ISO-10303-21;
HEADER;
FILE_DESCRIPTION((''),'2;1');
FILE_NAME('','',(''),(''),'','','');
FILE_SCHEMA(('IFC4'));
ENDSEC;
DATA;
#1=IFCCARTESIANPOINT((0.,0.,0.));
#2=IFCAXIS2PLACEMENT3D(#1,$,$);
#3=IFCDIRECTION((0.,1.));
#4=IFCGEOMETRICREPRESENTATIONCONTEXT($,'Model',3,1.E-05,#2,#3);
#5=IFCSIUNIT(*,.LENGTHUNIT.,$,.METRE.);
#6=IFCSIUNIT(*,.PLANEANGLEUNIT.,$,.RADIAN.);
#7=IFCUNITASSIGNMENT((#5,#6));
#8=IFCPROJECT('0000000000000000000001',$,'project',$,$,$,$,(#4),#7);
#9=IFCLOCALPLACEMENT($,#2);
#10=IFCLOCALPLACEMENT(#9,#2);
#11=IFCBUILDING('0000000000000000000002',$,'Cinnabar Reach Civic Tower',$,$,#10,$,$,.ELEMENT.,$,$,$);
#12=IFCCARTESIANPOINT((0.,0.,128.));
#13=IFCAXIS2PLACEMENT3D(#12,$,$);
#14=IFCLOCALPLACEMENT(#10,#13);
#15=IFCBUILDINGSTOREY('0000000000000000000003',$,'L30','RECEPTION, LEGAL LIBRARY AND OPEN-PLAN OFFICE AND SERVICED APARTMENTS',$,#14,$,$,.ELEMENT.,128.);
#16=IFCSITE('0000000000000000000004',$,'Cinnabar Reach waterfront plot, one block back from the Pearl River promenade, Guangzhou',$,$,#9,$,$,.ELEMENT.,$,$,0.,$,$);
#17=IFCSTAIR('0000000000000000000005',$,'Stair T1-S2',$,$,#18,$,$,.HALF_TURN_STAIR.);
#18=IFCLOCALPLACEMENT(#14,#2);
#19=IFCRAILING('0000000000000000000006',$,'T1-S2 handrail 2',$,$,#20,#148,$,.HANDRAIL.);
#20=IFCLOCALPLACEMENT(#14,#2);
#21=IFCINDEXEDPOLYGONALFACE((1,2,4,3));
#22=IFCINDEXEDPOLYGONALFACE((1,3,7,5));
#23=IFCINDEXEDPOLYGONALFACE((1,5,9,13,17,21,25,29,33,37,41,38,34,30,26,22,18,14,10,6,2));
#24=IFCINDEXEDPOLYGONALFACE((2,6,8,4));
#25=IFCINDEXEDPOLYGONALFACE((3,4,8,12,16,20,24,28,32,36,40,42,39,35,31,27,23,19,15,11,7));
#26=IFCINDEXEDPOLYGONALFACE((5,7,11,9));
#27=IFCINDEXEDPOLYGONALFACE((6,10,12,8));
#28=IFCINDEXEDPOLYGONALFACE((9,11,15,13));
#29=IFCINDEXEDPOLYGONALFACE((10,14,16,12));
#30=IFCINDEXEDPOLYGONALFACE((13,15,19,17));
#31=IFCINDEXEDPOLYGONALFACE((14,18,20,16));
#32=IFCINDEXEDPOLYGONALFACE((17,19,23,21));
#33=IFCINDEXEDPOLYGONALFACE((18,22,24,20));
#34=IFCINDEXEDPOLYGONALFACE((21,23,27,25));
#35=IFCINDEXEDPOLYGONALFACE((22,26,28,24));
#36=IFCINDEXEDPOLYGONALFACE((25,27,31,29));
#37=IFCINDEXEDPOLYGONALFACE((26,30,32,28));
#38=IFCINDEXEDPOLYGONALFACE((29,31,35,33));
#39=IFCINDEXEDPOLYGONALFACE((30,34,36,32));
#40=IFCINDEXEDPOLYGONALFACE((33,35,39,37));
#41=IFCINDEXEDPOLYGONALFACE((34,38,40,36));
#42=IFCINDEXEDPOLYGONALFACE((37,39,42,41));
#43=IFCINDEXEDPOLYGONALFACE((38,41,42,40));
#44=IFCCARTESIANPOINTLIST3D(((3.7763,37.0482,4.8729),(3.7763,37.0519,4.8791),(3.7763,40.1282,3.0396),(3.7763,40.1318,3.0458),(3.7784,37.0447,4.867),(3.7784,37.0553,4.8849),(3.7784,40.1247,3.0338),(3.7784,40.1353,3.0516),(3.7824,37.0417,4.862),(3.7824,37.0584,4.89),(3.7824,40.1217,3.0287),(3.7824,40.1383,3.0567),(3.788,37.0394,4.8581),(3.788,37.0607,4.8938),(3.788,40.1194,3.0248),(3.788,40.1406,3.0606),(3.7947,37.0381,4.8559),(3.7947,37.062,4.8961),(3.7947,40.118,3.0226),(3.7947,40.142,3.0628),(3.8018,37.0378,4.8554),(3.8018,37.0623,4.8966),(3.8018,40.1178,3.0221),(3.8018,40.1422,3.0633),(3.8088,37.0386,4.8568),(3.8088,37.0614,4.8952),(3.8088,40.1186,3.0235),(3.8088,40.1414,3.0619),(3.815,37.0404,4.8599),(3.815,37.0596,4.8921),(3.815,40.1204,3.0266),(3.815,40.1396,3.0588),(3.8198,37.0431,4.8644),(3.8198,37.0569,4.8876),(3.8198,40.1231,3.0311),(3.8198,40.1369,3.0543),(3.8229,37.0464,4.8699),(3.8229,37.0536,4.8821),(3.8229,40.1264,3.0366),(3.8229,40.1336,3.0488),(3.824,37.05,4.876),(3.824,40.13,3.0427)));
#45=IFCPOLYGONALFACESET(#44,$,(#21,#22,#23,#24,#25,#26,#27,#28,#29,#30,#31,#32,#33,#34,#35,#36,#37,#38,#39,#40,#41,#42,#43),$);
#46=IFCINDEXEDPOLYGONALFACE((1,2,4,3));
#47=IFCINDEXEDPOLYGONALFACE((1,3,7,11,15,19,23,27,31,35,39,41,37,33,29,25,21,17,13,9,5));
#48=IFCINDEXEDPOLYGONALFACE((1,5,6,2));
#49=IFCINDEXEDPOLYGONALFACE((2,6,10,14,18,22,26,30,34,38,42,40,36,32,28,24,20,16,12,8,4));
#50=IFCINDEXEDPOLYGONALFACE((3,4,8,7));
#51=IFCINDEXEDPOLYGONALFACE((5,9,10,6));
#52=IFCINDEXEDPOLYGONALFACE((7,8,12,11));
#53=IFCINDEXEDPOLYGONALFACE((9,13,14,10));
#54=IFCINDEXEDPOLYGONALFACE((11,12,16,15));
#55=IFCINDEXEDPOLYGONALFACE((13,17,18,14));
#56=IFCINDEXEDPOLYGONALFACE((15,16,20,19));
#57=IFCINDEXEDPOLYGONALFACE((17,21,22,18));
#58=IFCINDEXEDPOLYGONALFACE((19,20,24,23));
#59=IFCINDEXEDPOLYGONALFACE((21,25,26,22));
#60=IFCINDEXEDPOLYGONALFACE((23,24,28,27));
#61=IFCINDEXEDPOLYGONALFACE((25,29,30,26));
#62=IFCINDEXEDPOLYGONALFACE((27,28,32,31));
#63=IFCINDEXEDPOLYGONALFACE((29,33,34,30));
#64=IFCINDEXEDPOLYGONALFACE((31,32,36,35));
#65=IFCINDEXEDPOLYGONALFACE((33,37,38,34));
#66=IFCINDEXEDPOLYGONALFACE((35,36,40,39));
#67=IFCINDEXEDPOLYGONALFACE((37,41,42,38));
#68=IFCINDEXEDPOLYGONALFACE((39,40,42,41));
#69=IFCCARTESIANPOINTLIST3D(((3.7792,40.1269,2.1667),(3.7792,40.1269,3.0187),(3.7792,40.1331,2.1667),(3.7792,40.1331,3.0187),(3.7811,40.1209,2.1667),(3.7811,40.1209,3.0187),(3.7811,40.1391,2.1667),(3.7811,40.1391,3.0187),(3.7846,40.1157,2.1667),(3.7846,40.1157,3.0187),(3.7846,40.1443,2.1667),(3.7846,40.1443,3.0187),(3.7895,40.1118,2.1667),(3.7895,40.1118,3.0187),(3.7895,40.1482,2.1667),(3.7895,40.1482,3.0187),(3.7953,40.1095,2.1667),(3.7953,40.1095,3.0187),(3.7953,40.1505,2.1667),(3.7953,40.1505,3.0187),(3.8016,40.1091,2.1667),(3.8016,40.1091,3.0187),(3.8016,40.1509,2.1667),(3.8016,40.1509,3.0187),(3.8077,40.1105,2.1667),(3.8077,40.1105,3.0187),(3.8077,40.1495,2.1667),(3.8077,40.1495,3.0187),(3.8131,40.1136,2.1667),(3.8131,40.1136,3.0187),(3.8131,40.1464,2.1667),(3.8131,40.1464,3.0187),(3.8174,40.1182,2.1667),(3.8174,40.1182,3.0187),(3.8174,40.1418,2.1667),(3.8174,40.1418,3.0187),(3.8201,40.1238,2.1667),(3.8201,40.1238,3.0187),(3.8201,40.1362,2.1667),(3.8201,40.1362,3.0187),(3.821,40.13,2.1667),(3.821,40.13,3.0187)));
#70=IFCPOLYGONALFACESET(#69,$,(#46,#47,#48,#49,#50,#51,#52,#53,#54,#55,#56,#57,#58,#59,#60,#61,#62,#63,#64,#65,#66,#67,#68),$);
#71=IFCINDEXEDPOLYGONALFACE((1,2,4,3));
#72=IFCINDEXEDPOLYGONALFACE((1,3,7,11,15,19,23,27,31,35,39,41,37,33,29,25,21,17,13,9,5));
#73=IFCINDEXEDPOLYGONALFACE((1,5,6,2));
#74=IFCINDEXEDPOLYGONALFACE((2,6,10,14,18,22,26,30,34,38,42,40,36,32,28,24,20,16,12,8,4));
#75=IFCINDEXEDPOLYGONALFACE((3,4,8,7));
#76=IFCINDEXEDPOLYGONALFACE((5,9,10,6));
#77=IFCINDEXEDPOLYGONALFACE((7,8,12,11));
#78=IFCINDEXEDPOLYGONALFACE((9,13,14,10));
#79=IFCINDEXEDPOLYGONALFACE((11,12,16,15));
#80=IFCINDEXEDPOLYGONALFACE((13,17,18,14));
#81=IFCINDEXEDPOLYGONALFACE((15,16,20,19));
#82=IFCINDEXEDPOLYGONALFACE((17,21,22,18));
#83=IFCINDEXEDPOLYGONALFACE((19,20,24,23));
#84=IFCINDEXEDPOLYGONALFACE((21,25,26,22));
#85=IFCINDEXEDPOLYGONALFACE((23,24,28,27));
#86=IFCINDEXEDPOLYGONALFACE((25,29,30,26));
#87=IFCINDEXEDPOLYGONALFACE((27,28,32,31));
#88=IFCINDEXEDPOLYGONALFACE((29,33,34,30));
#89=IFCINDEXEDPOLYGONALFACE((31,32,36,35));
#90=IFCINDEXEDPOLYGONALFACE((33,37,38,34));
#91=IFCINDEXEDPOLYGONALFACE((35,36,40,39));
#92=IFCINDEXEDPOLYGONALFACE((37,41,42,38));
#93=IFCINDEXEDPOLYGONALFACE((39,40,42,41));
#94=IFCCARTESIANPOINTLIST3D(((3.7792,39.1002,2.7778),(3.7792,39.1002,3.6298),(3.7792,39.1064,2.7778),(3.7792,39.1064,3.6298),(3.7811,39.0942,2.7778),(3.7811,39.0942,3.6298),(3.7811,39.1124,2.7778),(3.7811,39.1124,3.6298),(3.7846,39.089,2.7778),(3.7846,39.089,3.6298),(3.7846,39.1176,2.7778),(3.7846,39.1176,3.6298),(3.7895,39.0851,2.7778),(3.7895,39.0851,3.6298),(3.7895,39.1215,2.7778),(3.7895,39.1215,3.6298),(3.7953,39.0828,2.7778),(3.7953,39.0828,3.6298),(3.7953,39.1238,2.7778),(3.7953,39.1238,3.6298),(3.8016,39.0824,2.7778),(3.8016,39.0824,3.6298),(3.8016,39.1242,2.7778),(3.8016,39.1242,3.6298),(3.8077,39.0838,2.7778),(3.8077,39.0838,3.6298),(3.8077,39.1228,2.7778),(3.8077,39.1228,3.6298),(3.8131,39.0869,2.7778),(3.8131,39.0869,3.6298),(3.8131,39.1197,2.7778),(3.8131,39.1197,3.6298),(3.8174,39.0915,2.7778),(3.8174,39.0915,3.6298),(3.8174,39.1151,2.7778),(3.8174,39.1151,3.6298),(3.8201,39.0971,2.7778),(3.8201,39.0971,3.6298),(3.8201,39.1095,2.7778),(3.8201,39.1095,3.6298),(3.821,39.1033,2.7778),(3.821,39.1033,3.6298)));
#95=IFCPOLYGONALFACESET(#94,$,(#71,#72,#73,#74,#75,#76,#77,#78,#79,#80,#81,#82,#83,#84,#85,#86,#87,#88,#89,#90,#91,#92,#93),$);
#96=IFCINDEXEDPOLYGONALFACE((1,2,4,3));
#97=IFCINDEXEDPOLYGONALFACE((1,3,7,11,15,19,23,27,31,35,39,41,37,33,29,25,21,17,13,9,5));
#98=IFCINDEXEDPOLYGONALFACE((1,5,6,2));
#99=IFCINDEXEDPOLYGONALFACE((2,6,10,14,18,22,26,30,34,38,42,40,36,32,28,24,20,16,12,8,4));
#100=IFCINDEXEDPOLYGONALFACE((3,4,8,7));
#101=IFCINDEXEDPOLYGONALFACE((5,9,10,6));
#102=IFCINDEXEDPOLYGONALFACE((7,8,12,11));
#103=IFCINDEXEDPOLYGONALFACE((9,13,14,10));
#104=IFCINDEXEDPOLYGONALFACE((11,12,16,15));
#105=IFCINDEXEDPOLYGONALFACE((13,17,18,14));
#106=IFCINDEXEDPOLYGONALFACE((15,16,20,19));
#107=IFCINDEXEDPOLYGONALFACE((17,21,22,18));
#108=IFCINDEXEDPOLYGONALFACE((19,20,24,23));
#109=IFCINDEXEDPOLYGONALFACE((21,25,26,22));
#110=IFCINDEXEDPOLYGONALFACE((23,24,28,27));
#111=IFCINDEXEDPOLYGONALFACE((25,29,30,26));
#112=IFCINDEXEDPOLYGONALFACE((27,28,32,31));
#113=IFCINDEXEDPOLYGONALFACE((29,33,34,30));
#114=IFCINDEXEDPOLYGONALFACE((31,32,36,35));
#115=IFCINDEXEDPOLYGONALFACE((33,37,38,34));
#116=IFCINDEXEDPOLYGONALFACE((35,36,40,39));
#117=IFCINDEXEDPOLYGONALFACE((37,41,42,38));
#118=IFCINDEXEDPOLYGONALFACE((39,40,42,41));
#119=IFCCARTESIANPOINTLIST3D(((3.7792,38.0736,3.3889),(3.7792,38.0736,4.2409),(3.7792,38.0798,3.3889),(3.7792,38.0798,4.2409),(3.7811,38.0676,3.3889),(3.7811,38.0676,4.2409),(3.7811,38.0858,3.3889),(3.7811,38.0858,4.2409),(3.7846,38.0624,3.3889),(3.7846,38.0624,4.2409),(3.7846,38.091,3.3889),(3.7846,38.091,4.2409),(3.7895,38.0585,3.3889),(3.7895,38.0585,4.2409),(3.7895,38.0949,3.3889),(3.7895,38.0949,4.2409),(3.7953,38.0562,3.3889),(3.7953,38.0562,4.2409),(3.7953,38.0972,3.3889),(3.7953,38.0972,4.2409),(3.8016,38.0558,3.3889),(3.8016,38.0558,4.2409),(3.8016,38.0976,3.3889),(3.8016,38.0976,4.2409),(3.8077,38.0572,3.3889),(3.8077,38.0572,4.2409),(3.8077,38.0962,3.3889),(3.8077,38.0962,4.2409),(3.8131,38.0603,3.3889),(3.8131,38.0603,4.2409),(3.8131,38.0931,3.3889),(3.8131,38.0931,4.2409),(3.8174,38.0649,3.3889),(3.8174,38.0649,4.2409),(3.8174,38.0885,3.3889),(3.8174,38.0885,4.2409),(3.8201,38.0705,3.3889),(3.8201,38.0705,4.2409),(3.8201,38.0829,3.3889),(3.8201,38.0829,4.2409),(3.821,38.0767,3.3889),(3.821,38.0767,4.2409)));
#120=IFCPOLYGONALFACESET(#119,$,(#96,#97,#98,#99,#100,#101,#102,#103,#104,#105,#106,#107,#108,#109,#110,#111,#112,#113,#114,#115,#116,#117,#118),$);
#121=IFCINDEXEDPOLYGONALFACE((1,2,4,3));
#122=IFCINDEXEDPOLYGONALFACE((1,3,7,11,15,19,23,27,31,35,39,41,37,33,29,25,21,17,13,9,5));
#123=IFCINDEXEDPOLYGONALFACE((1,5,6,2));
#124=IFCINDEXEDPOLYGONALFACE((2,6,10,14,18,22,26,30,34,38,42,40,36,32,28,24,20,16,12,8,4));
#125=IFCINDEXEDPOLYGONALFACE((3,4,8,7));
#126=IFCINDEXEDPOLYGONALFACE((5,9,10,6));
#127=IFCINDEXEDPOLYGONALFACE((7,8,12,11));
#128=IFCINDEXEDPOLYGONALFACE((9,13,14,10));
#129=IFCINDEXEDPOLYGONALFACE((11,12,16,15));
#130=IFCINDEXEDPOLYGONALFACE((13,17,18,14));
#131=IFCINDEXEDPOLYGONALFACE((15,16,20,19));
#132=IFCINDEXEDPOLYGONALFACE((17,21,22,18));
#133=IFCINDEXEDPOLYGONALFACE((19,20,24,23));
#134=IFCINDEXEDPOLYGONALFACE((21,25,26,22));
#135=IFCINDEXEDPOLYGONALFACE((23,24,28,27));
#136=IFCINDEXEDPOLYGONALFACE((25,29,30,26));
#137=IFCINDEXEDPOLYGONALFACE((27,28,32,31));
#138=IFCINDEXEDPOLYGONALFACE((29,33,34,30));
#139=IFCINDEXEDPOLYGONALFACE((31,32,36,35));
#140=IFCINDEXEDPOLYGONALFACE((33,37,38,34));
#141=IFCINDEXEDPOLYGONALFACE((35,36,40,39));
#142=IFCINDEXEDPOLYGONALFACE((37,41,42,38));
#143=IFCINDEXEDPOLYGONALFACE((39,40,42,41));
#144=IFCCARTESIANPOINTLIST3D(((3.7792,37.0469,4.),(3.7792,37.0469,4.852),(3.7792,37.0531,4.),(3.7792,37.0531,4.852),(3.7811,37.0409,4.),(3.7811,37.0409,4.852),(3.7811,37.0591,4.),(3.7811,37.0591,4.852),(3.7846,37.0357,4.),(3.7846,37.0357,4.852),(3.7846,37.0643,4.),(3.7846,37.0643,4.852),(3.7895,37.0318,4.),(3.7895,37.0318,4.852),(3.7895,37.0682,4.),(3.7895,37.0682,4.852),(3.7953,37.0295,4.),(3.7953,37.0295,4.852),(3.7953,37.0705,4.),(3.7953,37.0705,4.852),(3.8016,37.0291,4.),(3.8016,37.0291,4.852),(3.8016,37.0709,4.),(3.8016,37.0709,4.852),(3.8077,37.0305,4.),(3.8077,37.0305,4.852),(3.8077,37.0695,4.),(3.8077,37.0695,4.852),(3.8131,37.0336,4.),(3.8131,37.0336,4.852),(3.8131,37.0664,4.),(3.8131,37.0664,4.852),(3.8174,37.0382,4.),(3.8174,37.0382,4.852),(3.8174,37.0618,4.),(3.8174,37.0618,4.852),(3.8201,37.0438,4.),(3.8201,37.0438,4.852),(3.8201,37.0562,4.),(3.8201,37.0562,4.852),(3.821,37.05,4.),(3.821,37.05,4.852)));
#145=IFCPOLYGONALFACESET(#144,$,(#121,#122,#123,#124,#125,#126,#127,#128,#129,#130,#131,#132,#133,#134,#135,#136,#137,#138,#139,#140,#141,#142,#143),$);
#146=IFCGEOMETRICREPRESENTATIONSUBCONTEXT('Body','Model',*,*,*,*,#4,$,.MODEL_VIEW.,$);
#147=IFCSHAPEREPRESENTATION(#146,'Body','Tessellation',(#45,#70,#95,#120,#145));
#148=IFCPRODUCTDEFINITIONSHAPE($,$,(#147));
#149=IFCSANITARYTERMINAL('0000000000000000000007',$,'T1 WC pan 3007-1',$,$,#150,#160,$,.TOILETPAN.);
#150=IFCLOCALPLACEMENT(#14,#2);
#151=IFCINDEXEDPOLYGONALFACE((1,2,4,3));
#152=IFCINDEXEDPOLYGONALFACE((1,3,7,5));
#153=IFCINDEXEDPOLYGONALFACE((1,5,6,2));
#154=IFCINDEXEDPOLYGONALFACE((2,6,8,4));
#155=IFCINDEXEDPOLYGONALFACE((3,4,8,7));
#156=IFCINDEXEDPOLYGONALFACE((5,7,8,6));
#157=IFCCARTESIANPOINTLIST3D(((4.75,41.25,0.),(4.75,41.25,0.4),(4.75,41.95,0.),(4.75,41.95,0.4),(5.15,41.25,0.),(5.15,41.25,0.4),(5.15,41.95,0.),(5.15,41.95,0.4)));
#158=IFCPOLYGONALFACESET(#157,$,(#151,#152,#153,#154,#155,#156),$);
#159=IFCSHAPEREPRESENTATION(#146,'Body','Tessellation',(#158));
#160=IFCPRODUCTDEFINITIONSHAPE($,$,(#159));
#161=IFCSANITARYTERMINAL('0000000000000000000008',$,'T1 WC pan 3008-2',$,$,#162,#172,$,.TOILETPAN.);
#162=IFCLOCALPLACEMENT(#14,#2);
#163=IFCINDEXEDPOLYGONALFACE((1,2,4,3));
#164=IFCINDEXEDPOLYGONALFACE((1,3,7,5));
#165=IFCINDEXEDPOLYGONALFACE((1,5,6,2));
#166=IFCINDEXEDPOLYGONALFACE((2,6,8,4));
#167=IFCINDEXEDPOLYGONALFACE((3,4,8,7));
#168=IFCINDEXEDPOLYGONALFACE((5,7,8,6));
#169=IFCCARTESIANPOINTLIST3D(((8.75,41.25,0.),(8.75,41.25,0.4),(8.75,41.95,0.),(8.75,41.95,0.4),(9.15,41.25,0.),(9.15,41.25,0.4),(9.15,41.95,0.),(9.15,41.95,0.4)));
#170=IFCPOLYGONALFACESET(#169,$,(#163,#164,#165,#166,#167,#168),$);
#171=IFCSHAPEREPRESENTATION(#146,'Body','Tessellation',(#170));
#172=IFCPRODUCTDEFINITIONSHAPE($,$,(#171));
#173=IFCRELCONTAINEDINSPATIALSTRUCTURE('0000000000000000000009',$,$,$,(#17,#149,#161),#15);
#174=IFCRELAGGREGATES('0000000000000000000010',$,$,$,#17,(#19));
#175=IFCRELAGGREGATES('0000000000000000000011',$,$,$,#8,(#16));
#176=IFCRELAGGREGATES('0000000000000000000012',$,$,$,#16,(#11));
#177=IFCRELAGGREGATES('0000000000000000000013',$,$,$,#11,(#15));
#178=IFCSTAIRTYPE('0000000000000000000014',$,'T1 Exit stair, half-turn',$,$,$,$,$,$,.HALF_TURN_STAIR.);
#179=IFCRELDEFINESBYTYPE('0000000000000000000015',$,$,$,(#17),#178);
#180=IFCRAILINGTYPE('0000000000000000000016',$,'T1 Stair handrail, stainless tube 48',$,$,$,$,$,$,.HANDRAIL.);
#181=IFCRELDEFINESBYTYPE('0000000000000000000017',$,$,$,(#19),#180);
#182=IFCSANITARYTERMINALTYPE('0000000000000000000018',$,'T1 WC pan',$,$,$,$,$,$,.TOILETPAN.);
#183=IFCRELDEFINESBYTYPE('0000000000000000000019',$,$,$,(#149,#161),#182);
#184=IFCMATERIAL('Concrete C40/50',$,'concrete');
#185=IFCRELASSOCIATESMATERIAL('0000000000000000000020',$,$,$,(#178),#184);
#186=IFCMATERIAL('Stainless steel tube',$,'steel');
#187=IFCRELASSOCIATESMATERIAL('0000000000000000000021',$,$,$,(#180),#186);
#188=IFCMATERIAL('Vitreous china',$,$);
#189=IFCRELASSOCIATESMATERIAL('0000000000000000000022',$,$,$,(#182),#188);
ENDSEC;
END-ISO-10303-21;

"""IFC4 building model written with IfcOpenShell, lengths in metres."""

from ifc_helpers import new_model, si_unit, direction, frame, origin, origin_2d, place, context, subcontext, project, spatial, rectangle, circle, extrude, material, type_object, element, aggregate, save


model = new_model("IFC4")

# Units and contexts
model_context = context("Model", 3, precision=1e-05, world=origin(), true_north=direction((0.0, 1.0)))
body_context = subcontext(model_context, "Body", "Model", "MODEL_VIEW")
ifc_project = project(units=[si_unit("LENGTHUNIT", "METRE"), si_unit("PLANEANGLEUNIT", "RADIAN")], contexts=[model_context])

# Site, building, storey
site_placement = place(None, origin())
site = spatial("IfcSite", under=ifc_project, at=site_placement, Name="Cinnabar Reach waterfront plot, one block back from the Pearl River promenade, Guangzhou", CompositionType="ELEMENT", RefElevation=0.0)
building_placement = place(site_placement, origin())
building = spatial("IfcBuilding", under=site, at=building_placement, Name="Cinnabar Reach Civic Tower", CompositionType="ELEMENT")
storey_placement = place(building_placement, frame((0.0, 0.0, 128.0)))
storey = spatial("IfcBuildingStorey", under=building, at=storey_placement, Name="L30", Description="RECEPTION, LEGAL LIBRARY AND OPEN-PLAN OFFICE AND SERVICED APARTMENTS", CompositionType="ELEMENT", Elevation=128.0)

# Stair, railing
ifc_material_1 = material(Name="Concrete C40/50", Category="concrete")
stair_type = type_object("IfcStairType", Name="T1 Exit stair, half-turn", PredefinedType="HALF_TURN_STAIR", material=ifc_material_1)
stair_placement = place(storey_placement, origin())
stair = element("IfcStair", 1, at=stair_placement, inside=storey, type_object=stair_type, Name="Stair T1-S2", PredefinedType="HALF_TURN_STAIR")
ifc_material_2 = material(Name="Stainless steel tube", Category="steel")
railing_type = type_object("IfcRailingType", Name="T1 Stair handrail, stainless tube 48", PredefinedType="HANDRAIL", material=ifc_material_2)
railing_1_placement = place(storey_placement, frame((3.8, 40.13, 2.1667)))
railing_1 = element("IfcRailing", 2, at=railing_1_placement, type_object=railing_type, Name="T1-S2 handrail 2", PredefinedType="HANDRAIL", context=body_context, shape_type="SweptSolid", body=[
    extrude(circle(Radius=0.024, at=origin_2d()), frame((0.0, 0.0, 0.876), z_axis=(0.0, -0.859297, 0.511477), x_axis=(1.0, 0.0, 0.0)), (0.0, 0.0, 1.0), 3.5843),
    extrude(circle(Radius=0.021, at=origin_2d()), origin(), (0.0, 0.0, 1.0), 0.852),
    extrude(circle(Radius=0.021, at=origin_2d()), frame((0.0, -1.0267, 0.6111)), (0.0, 0.0, 1.0), 0.852),
    extrude(circle(Radius=0.021, at=origin_2d()), frame((0.0, -2.0533, 1.2222)), (0.0, 0.0, 1.0), 0.852),
    extrude(circle(Radius=0.021, at=origin_2d()), frame((0.0, -3.08, 1.8333)), (0.0, 0.0, 1.0), 0.852),
])
aggregate(stair, [railing_1])

# Sanitary terminals
ifc_material_3 = material(Name="Vitreous china")
sanitary_terminal_type = type_object("IfcSanitaryTerminalType", Name="T1 WC pan", PredefinedType="TOILETPAN", material=ifc_material_3)
for number, where, z_axis, x_axis, name in (
    (3, (4.95, 41.6, 0.0), (0.0, 0.0, 1.0), (1.0, 0.0, 0.0), "T1 WC pan 3007-1"),
    (4, (8.95, 41.6, 0.0), (0.0, 0.0, 1.0), (1.0, 0.0, 0.0), "T1 WC pan 3008-2"),
):
    element("IfcSanitaryTerminal", number, at=place(storey_placement, frame(where, z_axis=z_axis, x_axis=x_axis)), inside=storey, type_object=sanitary_terminal_type, Name=name, PredefinedType="TOILETPAN", context=body_context, shape_type="SweptSolid", body=[
        extrude(rectangle(XDim=0.4, YDim=0.7, at=origin_2d()), origin(), (0.0, 0.0, 1.0), 0.4),
    ])

save(model, "model.ifc")
